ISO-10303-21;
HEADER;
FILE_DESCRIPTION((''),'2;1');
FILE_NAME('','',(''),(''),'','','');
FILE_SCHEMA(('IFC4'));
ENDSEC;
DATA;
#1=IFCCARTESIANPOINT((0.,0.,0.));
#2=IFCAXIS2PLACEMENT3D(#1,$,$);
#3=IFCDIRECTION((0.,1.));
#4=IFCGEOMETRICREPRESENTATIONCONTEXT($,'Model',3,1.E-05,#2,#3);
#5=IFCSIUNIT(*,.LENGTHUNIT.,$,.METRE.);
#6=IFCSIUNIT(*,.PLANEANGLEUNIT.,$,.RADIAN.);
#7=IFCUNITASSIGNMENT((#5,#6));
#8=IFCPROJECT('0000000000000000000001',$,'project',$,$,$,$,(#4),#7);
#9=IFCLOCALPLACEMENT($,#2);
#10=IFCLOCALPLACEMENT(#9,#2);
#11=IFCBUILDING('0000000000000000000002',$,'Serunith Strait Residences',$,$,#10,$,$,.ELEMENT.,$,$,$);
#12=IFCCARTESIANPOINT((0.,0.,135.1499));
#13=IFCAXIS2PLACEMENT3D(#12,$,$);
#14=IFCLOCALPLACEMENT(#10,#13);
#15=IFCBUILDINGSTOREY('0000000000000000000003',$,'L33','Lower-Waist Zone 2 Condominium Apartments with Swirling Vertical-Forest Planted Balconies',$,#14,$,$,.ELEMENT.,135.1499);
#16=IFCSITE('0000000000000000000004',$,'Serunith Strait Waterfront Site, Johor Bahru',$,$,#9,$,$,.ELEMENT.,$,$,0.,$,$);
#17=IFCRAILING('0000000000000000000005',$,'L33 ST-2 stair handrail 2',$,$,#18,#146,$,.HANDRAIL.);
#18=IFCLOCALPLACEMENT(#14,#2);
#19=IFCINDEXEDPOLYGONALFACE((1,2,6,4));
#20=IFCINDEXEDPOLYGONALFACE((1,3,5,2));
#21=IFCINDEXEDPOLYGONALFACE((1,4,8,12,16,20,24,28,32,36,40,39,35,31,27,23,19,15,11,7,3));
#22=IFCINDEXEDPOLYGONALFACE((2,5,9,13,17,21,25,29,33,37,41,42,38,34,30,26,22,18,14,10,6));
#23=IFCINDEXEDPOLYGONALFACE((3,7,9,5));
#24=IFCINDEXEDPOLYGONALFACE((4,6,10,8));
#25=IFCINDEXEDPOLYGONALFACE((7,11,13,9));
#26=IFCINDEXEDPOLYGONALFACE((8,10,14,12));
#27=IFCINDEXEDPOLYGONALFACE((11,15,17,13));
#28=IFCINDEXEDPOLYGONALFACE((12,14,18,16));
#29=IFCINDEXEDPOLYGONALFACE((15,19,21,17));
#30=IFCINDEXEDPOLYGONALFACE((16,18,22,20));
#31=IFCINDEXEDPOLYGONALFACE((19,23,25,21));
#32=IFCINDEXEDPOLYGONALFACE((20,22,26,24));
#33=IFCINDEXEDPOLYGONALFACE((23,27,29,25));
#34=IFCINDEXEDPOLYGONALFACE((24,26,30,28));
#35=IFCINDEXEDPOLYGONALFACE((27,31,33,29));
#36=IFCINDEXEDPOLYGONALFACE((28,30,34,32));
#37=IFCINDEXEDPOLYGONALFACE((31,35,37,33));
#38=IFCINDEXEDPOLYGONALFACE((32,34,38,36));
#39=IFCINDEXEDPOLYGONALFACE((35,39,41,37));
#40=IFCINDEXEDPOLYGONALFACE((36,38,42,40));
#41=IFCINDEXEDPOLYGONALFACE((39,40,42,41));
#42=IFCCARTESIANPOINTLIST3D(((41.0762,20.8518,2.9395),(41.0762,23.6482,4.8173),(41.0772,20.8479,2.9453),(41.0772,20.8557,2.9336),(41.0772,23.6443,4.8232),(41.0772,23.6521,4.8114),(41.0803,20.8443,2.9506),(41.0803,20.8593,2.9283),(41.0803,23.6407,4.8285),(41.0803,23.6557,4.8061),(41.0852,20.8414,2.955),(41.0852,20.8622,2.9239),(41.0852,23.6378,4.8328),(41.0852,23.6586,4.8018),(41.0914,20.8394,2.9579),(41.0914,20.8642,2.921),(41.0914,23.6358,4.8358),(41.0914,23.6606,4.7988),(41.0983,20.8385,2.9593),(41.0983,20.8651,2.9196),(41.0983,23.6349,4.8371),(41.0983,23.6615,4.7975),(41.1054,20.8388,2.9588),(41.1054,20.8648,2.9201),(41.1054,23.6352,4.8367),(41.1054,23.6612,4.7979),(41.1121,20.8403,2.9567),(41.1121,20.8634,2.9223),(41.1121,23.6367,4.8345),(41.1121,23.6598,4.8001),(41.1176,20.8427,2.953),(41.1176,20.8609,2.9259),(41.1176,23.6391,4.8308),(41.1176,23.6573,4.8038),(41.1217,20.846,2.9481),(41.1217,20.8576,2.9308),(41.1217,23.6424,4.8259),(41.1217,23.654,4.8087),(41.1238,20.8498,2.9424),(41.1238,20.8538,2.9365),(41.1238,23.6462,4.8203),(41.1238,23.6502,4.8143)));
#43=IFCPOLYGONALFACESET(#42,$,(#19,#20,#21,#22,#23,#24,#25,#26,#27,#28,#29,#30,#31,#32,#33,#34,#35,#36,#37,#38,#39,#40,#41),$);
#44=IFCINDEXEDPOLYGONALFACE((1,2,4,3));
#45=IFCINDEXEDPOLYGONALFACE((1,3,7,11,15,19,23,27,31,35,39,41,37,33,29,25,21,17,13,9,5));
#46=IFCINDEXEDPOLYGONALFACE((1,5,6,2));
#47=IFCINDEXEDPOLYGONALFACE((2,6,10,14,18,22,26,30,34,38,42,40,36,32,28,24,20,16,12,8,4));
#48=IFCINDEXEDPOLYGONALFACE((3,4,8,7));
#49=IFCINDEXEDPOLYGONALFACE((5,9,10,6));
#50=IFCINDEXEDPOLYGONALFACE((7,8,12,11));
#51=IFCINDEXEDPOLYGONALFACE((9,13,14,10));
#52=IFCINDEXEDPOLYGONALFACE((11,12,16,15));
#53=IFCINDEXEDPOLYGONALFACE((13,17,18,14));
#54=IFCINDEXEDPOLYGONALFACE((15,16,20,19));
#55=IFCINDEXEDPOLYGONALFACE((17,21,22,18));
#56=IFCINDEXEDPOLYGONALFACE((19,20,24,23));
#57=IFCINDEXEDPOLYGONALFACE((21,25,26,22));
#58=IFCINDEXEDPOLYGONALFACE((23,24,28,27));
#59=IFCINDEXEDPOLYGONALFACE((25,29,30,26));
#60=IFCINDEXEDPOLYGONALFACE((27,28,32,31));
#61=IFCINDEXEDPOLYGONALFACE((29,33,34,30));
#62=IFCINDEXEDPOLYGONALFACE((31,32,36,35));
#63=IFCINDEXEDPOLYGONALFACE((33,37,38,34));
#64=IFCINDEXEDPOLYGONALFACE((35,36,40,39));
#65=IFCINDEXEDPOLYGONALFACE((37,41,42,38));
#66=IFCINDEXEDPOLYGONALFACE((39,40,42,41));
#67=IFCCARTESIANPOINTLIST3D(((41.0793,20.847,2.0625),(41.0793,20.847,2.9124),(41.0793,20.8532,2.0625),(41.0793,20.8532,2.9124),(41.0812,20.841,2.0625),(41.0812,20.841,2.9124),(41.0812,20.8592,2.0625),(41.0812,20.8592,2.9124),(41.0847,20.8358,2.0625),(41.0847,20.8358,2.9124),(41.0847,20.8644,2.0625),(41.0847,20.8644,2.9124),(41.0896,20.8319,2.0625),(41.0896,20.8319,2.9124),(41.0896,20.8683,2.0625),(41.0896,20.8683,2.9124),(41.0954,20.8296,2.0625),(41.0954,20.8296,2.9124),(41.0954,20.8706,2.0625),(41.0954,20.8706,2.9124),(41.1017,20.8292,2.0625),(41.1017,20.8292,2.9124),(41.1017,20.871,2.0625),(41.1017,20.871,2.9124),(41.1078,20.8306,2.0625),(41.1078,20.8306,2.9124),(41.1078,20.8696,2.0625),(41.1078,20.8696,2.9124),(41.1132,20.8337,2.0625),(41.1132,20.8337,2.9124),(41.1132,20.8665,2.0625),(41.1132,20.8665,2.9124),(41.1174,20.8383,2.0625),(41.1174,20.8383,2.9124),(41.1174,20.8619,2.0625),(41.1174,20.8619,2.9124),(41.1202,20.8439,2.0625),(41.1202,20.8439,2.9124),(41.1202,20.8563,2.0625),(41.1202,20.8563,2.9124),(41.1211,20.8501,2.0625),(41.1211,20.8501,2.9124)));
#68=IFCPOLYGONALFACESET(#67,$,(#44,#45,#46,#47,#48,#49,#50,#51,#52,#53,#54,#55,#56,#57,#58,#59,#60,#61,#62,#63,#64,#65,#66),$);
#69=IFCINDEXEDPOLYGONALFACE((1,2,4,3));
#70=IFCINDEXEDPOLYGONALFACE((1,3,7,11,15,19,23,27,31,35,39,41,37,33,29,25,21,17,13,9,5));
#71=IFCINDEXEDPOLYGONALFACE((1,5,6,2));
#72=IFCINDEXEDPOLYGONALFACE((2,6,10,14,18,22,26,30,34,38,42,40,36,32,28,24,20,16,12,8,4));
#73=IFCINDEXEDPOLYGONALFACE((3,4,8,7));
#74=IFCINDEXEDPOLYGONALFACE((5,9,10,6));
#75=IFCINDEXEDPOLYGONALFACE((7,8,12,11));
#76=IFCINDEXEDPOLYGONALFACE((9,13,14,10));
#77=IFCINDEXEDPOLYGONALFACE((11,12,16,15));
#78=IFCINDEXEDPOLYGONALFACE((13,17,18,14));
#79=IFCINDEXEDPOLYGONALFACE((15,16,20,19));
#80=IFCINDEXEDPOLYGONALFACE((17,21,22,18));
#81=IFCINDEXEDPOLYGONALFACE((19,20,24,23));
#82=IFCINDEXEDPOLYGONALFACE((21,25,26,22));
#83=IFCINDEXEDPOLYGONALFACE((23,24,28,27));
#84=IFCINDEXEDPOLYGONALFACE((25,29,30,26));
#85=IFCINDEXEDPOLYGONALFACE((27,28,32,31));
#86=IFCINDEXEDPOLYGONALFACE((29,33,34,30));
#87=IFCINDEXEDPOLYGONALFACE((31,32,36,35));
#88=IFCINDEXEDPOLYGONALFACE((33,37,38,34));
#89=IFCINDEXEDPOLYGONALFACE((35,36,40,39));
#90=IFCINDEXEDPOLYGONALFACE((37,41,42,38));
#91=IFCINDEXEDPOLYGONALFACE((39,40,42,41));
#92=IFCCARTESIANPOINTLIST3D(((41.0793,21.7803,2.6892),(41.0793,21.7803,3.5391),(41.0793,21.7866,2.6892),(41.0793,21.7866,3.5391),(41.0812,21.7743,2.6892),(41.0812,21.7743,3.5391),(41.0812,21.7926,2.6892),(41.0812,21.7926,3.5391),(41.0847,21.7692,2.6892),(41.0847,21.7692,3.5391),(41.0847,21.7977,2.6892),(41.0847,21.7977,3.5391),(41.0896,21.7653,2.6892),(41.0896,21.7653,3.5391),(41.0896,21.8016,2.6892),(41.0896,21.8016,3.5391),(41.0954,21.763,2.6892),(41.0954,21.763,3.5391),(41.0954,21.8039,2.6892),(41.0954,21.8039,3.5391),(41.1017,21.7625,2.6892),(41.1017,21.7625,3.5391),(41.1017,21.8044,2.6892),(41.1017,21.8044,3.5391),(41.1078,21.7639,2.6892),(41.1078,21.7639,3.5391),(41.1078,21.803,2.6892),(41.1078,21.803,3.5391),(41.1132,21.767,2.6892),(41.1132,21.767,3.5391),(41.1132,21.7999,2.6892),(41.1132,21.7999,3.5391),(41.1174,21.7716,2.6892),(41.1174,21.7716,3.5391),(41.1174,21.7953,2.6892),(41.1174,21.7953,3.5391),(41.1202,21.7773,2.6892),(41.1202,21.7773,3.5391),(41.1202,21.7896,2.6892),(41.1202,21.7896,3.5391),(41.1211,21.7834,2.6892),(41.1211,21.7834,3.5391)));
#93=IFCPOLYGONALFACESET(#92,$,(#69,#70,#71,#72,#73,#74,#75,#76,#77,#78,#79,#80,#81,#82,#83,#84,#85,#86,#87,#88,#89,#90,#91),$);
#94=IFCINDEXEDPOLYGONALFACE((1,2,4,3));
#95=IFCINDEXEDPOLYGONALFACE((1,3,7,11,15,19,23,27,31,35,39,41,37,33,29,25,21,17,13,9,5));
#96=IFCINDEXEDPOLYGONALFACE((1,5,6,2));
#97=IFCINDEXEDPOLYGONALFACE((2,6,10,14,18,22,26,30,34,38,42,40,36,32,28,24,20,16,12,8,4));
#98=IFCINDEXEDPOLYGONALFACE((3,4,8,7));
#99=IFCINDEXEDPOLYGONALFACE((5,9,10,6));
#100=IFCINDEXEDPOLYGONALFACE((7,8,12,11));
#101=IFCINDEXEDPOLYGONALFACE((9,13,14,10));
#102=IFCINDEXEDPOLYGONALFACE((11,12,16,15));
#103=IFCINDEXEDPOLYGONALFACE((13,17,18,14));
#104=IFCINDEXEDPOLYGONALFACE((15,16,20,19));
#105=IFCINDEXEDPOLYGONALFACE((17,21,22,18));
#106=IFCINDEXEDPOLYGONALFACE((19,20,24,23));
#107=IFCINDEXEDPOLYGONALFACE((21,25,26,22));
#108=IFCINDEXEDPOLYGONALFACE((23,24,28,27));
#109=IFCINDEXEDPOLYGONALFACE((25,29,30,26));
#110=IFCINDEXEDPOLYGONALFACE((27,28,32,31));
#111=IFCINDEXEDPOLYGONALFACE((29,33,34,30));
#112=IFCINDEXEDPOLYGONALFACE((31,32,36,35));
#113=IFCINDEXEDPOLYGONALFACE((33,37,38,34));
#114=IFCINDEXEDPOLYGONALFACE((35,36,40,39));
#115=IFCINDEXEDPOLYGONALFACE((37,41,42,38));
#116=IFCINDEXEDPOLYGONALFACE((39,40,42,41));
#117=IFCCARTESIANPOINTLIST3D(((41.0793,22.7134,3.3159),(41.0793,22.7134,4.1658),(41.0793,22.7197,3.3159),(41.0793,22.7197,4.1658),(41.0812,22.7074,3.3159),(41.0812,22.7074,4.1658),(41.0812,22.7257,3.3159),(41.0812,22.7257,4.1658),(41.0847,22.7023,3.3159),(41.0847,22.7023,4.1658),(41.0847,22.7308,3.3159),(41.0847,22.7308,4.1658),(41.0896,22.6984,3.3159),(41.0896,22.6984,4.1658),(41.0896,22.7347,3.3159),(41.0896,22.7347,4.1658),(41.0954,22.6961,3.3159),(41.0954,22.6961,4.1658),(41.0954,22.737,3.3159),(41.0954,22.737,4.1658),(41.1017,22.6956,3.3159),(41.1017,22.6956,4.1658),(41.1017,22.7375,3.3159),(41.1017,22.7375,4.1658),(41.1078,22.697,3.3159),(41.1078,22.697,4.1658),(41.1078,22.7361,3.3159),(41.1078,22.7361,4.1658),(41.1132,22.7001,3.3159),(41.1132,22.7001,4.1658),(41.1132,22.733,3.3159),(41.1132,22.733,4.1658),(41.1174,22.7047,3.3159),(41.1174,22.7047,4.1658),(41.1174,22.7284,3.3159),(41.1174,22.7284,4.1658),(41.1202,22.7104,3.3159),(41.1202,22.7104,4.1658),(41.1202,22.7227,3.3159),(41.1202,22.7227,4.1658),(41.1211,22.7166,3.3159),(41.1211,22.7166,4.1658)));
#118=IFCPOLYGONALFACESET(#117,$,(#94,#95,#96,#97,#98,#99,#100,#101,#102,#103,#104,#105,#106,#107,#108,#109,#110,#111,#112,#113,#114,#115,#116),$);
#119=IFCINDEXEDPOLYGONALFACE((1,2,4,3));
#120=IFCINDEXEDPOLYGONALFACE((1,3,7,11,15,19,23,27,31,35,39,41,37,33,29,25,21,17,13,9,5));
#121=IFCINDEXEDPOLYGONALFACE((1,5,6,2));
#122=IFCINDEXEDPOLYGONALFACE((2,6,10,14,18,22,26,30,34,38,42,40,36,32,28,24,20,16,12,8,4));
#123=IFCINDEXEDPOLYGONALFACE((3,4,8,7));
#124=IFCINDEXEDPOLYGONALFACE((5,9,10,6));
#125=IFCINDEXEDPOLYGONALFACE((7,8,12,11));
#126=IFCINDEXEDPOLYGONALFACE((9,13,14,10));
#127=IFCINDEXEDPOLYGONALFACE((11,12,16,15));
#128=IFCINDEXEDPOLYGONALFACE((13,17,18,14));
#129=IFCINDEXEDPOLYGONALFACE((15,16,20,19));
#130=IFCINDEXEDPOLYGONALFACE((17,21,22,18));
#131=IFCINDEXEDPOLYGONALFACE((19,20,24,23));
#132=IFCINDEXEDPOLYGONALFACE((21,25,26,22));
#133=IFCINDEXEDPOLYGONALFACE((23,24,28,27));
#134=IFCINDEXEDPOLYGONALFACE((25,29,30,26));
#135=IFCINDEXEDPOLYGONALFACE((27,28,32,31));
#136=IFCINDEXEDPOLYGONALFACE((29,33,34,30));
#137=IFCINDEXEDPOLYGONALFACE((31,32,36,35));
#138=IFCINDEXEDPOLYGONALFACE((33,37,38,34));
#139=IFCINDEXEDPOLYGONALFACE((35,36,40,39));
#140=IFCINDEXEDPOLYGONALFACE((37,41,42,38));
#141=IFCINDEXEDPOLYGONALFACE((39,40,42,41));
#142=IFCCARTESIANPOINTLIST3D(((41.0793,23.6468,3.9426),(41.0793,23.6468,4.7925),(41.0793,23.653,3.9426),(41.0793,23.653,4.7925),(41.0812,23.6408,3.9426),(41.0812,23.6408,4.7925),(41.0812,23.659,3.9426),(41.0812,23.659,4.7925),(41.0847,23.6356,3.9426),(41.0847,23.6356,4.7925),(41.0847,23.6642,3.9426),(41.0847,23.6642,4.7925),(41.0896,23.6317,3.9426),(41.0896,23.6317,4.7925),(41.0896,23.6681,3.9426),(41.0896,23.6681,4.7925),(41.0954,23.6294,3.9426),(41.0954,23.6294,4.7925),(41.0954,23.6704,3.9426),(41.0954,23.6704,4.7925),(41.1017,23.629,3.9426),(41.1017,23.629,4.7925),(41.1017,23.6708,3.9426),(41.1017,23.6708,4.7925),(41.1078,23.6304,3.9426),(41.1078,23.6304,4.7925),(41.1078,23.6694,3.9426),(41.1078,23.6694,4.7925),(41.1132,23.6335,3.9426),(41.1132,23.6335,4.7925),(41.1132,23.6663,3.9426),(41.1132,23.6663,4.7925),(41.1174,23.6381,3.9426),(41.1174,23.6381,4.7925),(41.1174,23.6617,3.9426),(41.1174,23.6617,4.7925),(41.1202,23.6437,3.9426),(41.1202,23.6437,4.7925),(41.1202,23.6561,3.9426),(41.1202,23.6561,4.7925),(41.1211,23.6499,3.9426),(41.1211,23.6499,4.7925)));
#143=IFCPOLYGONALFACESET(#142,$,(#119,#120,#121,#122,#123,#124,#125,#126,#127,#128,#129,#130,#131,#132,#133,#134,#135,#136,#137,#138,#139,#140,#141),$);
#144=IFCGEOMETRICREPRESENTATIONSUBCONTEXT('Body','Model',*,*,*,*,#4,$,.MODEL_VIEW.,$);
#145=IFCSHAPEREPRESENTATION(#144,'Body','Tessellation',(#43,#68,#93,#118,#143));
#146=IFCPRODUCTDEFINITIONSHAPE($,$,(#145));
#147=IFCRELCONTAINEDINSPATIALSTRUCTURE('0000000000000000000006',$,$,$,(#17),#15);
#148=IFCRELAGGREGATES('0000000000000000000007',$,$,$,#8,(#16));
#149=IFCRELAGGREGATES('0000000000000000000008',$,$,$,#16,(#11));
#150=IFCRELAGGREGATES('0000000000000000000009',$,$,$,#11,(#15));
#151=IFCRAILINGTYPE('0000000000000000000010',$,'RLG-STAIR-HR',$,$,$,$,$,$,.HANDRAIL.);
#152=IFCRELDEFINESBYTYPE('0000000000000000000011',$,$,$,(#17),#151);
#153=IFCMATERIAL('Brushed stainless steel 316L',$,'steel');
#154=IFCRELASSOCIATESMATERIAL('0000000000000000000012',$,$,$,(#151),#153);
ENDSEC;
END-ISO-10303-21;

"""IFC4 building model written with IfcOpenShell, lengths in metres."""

from ifc_helpers import new_model, si_unit, direction, frame, origin, origin_2d, place, context, subcontext, project, spatial, circle, extrude, material, type_object, element, save


model = new_model("IFC4")

# Units and contexts
model_context = context("Model", 3, precision=1e-05, world=origin(), true_north=direction((0.0, 1.0)))
body_context = subcontext(model_context, "Body", "Model", "MODEL_VIEW")
ifc_project = project(units=[si_unit("LENGTHUNIT", "METRE"), si_unit("PLANEANGLEUNIT", "RADIAN")], contexts=[model_context])

# Site, building, storey
site_placement = place(None, origin())
site = spatial("IfcSite", under=ifc_project, at=site_placement, Name="Serunith Strait Waterfront Site, Johor Bahru", CompositionType="ELEMENT", RefElevation=0.0)
building_placement = place(site_placement, origin())
building = spatial("IfcBuilding", under=site, at=building_placement, Name="Serunith Strait Residences", CompositionType="ELEMENT")
storey_placement = place(building_placement, frame((0.0, 0.0, 135.1499)))
storey = spatial("IfcBuildingStorey", under=building, at=storey_placement, Name="L33", Description="Lower-Waist Zone 2 Condominium Apartments with Swirling Vertical-Forest Planted Balconies", CompositionType="ELEMENT", Elevation=135.1499)

# Railing
ifc_material_1 = material(Name="Brushed stainless steel 316L", Category="steel")
railing_type_1 = type_object("IfcRailingType", Name="RLG-STAIR-HR", PredefinedType="HANDRAIL", material=ifc_material_1)
railing_1_placement = place(storey_placement, frame((41.1001, 20.8501, 2.0625)))
element("IfcRailing", 1, at=railing_1_placement, inside=storey, type_object=railing_type_1, Name="L33 ST-2 stair handrail 2", PredefinedType="HANDRAIL", context=body_context, shape_type="SweptSolid", body=[
    extrude(circle(Radius=0.0239, at=origin_2d()), frame((0.0, 0.0017, 0.877), z_axis=(0.0, 0.830186, 0.557487), x_axis=(-1.0, 0.0, 0.0)), (0.0, 0.0, 1.0), 3.3684),
    extrude(circle(Radius=0.021, at=origin_2d()), origin(), (0.0, 0.0, 1.0), 0.8499),
    extrude(circle(Radius=0.021, at=origin_2d()), frame((0.0, 0.9333, 0.6267)), (0.0, 0.0, 1.0), 0.8499),
    extrude(circle(Radius=0.021, at=origin_2d()), frame((0.0, 1.8665, 1.2534)), (0.0, 0.0, 1.0), 0.8499),
    extrude(circle(Radius=0.021, at=origin_2d()), frame((0.0, 2.7998, 1.8801)), (0.0, 0.0, 1.0), 0.8499),
])

save(model, "model.ifc")
